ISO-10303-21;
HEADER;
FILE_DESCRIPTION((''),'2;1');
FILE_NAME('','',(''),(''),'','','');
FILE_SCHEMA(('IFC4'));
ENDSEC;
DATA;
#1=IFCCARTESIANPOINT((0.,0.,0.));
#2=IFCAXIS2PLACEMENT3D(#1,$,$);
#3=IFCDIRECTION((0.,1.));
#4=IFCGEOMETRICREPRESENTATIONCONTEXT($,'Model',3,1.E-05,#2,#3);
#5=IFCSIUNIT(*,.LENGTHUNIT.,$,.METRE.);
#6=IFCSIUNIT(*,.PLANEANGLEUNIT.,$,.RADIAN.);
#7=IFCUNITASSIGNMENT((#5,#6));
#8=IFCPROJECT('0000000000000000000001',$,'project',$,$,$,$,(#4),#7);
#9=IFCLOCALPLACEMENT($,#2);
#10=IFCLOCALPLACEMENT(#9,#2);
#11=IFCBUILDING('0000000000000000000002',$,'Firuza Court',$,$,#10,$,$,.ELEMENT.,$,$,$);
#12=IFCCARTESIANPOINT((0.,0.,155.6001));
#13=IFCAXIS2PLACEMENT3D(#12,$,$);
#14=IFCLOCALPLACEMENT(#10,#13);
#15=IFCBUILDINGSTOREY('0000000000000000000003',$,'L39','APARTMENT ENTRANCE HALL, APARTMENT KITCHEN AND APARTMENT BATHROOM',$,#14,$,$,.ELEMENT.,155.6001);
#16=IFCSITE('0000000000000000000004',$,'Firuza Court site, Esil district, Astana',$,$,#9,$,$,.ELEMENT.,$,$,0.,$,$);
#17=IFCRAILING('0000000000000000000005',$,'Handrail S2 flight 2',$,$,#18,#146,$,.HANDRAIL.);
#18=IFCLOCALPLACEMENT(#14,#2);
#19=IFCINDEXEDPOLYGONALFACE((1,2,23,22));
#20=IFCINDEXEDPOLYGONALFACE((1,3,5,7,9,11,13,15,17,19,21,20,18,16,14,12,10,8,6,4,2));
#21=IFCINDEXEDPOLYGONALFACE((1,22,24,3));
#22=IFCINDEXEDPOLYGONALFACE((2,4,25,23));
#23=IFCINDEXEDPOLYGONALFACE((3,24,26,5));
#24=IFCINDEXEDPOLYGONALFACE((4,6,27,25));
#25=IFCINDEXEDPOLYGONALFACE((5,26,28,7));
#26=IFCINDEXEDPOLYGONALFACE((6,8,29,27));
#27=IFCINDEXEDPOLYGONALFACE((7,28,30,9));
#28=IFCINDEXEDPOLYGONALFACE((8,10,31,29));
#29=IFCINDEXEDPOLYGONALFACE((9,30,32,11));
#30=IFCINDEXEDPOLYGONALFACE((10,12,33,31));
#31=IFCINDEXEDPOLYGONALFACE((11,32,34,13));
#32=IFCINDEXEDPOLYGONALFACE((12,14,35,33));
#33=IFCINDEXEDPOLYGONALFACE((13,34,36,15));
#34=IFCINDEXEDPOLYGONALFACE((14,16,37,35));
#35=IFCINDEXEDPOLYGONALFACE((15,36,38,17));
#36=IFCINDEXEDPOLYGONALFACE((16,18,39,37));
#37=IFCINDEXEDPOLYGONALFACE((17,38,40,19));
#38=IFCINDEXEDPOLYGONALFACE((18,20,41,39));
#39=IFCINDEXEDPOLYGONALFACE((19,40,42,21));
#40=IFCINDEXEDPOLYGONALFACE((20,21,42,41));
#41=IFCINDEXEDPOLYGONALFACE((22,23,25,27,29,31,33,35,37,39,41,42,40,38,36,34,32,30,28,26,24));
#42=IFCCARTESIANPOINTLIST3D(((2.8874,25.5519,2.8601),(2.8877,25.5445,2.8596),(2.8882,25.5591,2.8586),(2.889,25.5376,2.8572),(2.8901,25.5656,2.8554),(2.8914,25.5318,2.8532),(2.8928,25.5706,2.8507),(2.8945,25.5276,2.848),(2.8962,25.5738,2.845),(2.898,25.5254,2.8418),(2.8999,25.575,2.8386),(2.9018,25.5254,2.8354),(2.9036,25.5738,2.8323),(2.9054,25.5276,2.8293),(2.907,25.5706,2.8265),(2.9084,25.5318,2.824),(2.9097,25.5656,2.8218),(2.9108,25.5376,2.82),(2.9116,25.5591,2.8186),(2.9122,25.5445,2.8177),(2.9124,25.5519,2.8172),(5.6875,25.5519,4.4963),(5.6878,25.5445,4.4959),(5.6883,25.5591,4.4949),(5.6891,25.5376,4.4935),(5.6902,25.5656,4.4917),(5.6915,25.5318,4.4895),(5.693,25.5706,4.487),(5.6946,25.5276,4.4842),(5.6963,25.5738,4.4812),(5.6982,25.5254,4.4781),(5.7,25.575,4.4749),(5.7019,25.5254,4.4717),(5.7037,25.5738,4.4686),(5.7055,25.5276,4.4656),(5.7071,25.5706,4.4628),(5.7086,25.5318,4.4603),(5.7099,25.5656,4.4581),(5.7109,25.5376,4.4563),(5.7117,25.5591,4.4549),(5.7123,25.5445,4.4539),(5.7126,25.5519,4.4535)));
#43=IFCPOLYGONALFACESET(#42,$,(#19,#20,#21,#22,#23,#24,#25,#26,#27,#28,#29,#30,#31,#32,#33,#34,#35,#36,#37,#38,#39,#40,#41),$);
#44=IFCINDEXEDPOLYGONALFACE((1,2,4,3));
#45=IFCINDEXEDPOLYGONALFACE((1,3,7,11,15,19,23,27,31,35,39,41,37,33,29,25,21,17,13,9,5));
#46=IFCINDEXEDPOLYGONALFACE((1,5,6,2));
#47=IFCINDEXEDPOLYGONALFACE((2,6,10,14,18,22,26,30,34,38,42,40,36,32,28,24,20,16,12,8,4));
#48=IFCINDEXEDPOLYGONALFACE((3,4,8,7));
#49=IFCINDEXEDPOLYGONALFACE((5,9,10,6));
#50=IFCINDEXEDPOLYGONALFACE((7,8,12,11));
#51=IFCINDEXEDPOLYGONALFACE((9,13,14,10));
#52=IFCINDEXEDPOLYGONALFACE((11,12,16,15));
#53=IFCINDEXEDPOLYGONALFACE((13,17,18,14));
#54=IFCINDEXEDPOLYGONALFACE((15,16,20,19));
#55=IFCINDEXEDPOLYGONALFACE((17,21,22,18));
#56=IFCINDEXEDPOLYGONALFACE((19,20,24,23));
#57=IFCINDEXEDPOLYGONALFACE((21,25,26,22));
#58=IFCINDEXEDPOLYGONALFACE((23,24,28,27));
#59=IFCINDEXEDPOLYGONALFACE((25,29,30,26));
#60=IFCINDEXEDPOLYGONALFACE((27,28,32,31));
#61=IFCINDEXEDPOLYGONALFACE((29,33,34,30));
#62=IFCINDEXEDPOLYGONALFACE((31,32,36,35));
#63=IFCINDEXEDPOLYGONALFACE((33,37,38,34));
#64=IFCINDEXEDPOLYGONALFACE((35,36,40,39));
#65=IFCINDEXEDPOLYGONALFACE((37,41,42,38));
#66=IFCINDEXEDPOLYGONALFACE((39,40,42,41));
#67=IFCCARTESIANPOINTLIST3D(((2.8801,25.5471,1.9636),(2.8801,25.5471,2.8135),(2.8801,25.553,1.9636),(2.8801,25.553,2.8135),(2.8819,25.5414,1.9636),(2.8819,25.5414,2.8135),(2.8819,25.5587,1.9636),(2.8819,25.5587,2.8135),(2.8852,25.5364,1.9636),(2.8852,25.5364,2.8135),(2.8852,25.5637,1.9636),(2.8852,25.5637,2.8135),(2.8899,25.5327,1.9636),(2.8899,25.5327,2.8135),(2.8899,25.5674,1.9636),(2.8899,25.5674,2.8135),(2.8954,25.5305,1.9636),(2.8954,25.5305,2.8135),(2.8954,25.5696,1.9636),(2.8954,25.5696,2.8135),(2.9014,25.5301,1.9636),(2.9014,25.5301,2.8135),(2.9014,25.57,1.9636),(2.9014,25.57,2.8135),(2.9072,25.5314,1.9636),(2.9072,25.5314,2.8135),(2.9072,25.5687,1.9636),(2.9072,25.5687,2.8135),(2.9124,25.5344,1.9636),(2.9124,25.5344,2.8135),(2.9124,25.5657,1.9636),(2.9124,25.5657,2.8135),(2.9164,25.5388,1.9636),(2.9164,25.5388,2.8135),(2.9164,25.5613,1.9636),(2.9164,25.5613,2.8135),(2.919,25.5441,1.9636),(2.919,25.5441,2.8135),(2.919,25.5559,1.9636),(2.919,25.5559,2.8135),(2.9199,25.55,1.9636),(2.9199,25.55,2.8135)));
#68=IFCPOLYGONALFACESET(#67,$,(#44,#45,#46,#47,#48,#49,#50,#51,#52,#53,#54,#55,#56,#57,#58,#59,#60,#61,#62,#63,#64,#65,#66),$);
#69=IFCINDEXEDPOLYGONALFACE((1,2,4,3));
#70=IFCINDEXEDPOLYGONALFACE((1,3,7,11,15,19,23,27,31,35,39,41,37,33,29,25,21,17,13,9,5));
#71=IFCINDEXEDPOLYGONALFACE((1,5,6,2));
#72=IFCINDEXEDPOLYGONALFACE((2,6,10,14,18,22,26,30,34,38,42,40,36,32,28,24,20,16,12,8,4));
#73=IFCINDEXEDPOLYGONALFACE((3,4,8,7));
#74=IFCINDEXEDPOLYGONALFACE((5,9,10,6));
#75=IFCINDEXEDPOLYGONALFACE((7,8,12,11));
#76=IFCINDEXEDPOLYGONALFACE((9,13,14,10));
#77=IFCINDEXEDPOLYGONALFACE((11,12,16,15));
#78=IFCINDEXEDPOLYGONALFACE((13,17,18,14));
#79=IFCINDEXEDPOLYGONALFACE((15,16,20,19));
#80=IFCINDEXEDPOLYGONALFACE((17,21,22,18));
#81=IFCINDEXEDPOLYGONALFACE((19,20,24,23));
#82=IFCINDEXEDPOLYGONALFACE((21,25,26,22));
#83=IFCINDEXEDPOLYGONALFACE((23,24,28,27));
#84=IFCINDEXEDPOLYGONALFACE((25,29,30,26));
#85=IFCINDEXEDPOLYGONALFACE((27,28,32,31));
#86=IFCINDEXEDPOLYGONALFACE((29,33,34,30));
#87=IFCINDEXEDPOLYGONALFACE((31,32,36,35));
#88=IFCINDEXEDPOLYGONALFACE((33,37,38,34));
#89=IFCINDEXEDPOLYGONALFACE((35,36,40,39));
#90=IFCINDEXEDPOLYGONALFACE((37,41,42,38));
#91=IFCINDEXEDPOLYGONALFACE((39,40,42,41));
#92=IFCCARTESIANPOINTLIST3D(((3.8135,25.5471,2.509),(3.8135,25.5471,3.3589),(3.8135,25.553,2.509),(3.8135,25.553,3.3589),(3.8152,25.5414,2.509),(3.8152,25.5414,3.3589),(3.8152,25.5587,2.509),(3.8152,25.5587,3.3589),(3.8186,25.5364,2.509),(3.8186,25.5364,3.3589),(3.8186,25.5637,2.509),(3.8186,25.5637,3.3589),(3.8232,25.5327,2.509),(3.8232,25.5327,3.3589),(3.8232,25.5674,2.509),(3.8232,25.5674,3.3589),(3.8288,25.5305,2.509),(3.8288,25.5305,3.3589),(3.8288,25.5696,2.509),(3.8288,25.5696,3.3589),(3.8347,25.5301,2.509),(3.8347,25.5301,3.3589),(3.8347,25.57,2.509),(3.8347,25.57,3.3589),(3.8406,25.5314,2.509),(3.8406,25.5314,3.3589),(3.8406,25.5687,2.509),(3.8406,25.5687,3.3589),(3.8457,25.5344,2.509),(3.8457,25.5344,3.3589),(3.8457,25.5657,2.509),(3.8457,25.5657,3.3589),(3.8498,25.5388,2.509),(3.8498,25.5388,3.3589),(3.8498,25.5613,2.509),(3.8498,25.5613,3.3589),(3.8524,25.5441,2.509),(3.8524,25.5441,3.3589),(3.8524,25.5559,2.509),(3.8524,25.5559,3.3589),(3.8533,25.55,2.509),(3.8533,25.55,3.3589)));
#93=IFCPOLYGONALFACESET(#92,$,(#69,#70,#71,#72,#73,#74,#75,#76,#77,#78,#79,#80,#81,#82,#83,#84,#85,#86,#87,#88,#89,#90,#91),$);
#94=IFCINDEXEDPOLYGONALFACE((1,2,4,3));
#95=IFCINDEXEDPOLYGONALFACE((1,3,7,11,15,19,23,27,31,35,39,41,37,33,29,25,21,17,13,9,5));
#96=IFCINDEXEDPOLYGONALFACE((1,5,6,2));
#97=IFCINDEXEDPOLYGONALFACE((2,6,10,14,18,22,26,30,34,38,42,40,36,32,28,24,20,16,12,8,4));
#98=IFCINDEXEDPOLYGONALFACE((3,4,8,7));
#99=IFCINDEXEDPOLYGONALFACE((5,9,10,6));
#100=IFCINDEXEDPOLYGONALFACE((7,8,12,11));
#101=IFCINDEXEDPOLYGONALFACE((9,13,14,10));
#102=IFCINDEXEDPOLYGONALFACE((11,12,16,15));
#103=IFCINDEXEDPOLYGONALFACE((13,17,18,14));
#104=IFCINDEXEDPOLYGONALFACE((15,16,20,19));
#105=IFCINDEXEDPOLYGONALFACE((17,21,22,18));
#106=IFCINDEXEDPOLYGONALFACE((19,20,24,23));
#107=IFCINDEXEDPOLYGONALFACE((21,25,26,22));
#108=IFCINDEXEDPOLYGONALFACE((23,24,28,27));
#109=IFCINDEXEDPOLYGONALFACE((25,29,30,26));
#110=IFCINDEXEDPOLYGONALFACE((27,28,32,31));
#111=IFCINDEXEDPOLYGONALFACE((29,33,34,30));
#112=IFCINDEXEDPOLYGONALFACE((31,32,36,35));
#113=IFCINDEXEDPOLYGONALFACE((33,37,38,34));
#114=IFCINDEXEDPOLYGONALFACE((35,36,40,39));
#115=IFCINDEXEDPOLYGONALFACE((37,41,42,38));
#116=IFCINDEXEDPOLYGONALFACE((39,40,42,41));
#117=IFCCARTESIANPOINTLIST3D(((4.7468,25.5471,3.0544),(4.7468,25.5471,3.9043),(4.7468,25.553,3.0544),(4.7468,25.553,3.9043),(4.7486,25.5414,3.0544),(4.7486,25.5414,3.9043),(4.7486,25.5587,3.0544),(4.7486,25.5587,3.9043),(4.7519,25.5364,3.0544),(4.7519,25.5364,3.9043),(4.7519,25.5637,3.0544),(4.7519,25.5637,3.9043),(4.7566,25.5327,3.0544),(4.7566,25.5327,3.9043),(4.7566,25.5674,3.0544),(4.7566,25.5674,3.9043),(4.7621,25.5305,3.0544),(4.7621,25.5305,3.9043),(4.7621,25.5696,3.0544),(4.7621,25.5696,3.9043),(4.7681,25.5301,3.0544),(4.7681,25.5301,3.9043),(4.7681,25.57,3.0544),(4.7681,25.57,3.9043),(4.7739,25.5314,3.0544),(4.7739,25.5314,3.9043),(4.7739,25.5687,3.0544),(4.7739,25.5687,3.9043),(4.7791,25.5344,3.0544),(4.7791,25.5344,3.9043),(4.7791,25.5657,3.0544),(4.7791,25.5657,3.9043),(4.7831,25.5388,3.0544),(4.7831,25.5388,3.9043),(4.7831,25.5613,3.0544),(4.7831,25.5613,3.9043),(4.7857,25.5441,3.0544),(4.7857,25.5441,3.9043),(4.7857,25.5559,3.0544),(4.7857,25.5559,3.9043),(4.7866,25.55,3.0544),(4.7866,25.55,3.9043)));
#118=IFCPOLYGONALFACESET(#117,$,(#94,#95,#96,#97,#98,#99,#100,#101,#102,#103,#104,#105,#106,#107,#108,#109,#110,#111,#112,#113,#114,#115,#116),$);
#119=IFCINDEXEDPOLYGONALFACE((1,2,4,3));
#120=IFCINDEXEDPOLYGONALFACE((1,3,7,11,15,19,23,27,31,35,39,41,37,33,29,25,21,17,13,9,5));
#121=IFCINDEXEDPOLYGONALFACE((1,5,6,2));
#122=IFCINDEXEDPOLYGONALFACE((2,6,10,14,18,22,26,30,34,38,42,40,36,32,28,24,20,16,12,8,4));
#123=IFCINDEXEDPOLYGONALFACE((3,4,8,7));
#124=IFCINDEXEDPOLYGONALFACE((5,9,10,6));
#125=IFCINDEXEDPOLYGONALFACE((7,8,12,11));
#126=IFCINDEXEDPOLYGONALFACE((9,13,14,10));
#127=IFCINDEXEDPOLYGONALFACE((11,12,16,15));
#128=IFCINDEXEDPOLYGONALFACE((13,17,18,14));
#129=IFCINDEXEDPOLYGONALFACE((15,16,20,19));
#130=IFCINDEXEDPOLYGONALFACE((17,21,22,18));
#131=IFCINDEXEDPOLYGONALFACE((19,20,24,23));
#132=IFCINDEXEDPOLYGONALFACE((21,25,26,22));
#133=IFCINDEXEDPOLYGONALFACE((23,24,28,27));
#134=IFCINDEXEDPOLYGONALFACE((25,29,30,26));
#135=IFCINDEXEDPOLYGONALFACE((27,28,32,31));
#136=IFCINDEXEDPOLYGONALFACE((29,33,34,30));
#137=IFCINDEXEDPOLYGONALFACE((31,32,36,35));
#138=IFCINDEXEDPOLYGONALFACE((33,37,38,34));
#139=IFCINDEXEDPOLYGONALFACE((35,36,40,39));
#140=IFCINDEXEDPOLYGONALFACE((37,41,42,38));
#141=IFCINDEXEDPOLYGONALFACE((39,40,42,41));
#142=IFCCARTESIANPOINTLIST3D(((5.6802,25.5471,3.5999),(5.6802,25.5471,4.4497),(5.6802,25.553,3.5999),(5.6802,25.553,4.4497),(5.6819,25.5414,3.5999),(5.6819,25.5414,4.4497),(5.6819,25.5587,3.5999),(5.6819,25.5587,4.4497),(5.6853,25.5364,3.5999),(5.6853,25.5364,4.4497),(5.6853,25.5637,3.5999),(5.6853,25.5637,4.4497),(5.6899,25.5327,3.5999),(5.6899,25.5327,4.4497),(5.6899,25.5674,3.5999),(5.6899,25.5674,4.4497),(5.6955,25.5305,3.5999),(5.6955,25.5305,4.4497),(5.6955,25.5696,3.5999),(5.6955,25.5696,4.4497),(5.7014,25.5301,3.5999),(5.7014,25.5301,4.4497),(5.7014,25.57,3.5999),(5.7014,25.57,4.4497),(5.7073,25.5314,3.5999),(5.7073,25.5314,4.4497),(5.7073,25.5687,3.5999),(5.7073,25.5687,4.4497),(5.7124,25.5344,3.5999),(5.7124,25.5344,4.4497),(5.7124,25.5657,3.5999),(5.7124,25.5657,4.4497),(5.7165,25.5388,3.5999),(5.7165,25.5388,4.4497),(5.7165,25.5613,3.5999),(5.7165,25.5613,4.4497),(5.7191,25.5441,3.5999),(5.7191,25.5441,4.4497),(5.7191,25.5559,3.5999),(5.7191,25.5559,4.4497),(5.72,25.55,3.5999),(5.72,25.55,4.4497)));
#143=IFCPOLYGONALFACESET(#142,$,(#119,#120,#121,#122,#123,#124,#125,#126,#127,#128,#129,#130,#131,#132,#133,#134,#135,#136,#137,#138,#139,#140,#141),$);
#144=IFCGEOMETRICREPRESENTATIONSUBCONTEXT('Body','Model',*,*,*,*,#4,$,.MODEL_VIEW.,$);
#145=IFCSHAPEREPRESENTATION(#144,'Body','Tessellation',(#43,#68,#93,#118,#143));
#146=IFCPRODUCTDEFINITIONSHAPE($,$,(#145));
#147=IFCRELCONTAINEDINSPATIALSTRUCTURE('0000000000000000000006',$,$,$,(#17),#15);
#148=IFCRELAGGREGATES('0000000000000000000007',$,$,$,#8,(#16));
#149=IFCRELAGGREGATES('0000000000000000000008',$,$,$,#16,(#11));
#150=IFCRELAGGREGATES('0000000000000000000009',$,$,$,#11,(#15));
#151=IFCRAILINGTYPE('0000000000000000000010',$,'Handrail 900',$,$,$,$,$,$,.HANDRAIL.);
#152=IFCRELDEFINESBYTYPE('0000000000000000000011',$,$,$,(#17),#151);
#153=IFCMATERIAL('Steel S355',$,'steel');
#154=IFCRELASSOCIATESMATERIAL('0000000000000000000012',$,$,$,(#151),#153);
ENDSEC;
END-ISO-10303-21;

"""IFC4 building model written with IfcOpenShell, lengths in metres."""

from ifc_helpers import new_model, si_unit, direction, frame, origin, origin_2d, place, context, subcontext, project, spatial, circle, extrude, material, type_object, element, save


model = new_model("IFC4")

# Units and contexts
model_context = context("Model", 3, precision=1e-05, world=origin(), true_north=direction((0.0, 1.0)))
body_context = subcontext(model_context, "Body", "Model", "MODEL_VIEW")
ifc_project = project(units=[si_unit("LENGTHUNIT", "METRE"), si_unit("PLANEANGLEUNIT", "RADIAN")], contexts=[model_context])

# Site, building, storey
site_placement = place(None, origin())
site = spatial("IfcSite", under=ifc_project, at=site_placement, Name="Firuza Court site, Esil district, Astana", CompositionType="ELEMENT", RefElevation=0.0)
building_placement = place(site_placement, origin())
building = spatial("IfcBuilding", under=site, at=building_placement, Name="Firuza Court", CompositionType="ELEMENT")
storey_placement = place(building_placement, frame((0.0, 0.0, 155.6001)))
storey = spatial("IfcBuildingStorey", under=building, at=storey_placement, Name="L39", Description="APARTMENT ENTRANCE HALL, APARTMENT KITCHEN AND APARTMENT BATHROOM", CompositionType="ELEMENT", Elevation=155.6001)

# Railing
ifc_material_1 = material(Name="Steel S355", Category="steel")
railing_type = type_object("IfcRailingType", Name="Handrail 900", PredefinedType="HANDRAIL", material=ifc_material_1)
railing_placement = place(storey_placement, frame((2.8999, 25.55, 1.9636)))
element("IfcRailing", 1, at=railing_placement, inside=storey, type_object=railing_type, Name="Handrail S2 flight 2", PredefinedType="HANDRAIL", context=body_context, shape_type="SweptSolid", body=[
    extrude(circle(Radius=0.0249, at=origin_2d()), frame((0.0, 0.0, 0.875), z_axis=(0.863394, 0.0, 0.504531), x_axis=(0.0, 1.0, 0.0)), (0.0, 0.0, 1.0), 3.2432),
    extrude(circle(Radius=0.02, at=origin_2d()), origin(), (0.0, 0.0, 1.0), 0.8499),
    extrude(circle(Radius=0.02, at=origin_2d()), frame((0.9333, 0.0, 0.5454)), (0.0, 0.0, 1.0), 0.8499),
    extrude(circle(Radius=0.02, at=origin_2d()), frame((1.8667, 0.0, 1.0908)), (0.0, 0.0, 1.0), 0.8499),
    extrude(circle(Radius=0.02, at=origin_2d()), frame((2.8, 0.0, 1.6362)), (0.0, 0.0, 1.0), 0.8499),
])

save(model, "model.ifc")
